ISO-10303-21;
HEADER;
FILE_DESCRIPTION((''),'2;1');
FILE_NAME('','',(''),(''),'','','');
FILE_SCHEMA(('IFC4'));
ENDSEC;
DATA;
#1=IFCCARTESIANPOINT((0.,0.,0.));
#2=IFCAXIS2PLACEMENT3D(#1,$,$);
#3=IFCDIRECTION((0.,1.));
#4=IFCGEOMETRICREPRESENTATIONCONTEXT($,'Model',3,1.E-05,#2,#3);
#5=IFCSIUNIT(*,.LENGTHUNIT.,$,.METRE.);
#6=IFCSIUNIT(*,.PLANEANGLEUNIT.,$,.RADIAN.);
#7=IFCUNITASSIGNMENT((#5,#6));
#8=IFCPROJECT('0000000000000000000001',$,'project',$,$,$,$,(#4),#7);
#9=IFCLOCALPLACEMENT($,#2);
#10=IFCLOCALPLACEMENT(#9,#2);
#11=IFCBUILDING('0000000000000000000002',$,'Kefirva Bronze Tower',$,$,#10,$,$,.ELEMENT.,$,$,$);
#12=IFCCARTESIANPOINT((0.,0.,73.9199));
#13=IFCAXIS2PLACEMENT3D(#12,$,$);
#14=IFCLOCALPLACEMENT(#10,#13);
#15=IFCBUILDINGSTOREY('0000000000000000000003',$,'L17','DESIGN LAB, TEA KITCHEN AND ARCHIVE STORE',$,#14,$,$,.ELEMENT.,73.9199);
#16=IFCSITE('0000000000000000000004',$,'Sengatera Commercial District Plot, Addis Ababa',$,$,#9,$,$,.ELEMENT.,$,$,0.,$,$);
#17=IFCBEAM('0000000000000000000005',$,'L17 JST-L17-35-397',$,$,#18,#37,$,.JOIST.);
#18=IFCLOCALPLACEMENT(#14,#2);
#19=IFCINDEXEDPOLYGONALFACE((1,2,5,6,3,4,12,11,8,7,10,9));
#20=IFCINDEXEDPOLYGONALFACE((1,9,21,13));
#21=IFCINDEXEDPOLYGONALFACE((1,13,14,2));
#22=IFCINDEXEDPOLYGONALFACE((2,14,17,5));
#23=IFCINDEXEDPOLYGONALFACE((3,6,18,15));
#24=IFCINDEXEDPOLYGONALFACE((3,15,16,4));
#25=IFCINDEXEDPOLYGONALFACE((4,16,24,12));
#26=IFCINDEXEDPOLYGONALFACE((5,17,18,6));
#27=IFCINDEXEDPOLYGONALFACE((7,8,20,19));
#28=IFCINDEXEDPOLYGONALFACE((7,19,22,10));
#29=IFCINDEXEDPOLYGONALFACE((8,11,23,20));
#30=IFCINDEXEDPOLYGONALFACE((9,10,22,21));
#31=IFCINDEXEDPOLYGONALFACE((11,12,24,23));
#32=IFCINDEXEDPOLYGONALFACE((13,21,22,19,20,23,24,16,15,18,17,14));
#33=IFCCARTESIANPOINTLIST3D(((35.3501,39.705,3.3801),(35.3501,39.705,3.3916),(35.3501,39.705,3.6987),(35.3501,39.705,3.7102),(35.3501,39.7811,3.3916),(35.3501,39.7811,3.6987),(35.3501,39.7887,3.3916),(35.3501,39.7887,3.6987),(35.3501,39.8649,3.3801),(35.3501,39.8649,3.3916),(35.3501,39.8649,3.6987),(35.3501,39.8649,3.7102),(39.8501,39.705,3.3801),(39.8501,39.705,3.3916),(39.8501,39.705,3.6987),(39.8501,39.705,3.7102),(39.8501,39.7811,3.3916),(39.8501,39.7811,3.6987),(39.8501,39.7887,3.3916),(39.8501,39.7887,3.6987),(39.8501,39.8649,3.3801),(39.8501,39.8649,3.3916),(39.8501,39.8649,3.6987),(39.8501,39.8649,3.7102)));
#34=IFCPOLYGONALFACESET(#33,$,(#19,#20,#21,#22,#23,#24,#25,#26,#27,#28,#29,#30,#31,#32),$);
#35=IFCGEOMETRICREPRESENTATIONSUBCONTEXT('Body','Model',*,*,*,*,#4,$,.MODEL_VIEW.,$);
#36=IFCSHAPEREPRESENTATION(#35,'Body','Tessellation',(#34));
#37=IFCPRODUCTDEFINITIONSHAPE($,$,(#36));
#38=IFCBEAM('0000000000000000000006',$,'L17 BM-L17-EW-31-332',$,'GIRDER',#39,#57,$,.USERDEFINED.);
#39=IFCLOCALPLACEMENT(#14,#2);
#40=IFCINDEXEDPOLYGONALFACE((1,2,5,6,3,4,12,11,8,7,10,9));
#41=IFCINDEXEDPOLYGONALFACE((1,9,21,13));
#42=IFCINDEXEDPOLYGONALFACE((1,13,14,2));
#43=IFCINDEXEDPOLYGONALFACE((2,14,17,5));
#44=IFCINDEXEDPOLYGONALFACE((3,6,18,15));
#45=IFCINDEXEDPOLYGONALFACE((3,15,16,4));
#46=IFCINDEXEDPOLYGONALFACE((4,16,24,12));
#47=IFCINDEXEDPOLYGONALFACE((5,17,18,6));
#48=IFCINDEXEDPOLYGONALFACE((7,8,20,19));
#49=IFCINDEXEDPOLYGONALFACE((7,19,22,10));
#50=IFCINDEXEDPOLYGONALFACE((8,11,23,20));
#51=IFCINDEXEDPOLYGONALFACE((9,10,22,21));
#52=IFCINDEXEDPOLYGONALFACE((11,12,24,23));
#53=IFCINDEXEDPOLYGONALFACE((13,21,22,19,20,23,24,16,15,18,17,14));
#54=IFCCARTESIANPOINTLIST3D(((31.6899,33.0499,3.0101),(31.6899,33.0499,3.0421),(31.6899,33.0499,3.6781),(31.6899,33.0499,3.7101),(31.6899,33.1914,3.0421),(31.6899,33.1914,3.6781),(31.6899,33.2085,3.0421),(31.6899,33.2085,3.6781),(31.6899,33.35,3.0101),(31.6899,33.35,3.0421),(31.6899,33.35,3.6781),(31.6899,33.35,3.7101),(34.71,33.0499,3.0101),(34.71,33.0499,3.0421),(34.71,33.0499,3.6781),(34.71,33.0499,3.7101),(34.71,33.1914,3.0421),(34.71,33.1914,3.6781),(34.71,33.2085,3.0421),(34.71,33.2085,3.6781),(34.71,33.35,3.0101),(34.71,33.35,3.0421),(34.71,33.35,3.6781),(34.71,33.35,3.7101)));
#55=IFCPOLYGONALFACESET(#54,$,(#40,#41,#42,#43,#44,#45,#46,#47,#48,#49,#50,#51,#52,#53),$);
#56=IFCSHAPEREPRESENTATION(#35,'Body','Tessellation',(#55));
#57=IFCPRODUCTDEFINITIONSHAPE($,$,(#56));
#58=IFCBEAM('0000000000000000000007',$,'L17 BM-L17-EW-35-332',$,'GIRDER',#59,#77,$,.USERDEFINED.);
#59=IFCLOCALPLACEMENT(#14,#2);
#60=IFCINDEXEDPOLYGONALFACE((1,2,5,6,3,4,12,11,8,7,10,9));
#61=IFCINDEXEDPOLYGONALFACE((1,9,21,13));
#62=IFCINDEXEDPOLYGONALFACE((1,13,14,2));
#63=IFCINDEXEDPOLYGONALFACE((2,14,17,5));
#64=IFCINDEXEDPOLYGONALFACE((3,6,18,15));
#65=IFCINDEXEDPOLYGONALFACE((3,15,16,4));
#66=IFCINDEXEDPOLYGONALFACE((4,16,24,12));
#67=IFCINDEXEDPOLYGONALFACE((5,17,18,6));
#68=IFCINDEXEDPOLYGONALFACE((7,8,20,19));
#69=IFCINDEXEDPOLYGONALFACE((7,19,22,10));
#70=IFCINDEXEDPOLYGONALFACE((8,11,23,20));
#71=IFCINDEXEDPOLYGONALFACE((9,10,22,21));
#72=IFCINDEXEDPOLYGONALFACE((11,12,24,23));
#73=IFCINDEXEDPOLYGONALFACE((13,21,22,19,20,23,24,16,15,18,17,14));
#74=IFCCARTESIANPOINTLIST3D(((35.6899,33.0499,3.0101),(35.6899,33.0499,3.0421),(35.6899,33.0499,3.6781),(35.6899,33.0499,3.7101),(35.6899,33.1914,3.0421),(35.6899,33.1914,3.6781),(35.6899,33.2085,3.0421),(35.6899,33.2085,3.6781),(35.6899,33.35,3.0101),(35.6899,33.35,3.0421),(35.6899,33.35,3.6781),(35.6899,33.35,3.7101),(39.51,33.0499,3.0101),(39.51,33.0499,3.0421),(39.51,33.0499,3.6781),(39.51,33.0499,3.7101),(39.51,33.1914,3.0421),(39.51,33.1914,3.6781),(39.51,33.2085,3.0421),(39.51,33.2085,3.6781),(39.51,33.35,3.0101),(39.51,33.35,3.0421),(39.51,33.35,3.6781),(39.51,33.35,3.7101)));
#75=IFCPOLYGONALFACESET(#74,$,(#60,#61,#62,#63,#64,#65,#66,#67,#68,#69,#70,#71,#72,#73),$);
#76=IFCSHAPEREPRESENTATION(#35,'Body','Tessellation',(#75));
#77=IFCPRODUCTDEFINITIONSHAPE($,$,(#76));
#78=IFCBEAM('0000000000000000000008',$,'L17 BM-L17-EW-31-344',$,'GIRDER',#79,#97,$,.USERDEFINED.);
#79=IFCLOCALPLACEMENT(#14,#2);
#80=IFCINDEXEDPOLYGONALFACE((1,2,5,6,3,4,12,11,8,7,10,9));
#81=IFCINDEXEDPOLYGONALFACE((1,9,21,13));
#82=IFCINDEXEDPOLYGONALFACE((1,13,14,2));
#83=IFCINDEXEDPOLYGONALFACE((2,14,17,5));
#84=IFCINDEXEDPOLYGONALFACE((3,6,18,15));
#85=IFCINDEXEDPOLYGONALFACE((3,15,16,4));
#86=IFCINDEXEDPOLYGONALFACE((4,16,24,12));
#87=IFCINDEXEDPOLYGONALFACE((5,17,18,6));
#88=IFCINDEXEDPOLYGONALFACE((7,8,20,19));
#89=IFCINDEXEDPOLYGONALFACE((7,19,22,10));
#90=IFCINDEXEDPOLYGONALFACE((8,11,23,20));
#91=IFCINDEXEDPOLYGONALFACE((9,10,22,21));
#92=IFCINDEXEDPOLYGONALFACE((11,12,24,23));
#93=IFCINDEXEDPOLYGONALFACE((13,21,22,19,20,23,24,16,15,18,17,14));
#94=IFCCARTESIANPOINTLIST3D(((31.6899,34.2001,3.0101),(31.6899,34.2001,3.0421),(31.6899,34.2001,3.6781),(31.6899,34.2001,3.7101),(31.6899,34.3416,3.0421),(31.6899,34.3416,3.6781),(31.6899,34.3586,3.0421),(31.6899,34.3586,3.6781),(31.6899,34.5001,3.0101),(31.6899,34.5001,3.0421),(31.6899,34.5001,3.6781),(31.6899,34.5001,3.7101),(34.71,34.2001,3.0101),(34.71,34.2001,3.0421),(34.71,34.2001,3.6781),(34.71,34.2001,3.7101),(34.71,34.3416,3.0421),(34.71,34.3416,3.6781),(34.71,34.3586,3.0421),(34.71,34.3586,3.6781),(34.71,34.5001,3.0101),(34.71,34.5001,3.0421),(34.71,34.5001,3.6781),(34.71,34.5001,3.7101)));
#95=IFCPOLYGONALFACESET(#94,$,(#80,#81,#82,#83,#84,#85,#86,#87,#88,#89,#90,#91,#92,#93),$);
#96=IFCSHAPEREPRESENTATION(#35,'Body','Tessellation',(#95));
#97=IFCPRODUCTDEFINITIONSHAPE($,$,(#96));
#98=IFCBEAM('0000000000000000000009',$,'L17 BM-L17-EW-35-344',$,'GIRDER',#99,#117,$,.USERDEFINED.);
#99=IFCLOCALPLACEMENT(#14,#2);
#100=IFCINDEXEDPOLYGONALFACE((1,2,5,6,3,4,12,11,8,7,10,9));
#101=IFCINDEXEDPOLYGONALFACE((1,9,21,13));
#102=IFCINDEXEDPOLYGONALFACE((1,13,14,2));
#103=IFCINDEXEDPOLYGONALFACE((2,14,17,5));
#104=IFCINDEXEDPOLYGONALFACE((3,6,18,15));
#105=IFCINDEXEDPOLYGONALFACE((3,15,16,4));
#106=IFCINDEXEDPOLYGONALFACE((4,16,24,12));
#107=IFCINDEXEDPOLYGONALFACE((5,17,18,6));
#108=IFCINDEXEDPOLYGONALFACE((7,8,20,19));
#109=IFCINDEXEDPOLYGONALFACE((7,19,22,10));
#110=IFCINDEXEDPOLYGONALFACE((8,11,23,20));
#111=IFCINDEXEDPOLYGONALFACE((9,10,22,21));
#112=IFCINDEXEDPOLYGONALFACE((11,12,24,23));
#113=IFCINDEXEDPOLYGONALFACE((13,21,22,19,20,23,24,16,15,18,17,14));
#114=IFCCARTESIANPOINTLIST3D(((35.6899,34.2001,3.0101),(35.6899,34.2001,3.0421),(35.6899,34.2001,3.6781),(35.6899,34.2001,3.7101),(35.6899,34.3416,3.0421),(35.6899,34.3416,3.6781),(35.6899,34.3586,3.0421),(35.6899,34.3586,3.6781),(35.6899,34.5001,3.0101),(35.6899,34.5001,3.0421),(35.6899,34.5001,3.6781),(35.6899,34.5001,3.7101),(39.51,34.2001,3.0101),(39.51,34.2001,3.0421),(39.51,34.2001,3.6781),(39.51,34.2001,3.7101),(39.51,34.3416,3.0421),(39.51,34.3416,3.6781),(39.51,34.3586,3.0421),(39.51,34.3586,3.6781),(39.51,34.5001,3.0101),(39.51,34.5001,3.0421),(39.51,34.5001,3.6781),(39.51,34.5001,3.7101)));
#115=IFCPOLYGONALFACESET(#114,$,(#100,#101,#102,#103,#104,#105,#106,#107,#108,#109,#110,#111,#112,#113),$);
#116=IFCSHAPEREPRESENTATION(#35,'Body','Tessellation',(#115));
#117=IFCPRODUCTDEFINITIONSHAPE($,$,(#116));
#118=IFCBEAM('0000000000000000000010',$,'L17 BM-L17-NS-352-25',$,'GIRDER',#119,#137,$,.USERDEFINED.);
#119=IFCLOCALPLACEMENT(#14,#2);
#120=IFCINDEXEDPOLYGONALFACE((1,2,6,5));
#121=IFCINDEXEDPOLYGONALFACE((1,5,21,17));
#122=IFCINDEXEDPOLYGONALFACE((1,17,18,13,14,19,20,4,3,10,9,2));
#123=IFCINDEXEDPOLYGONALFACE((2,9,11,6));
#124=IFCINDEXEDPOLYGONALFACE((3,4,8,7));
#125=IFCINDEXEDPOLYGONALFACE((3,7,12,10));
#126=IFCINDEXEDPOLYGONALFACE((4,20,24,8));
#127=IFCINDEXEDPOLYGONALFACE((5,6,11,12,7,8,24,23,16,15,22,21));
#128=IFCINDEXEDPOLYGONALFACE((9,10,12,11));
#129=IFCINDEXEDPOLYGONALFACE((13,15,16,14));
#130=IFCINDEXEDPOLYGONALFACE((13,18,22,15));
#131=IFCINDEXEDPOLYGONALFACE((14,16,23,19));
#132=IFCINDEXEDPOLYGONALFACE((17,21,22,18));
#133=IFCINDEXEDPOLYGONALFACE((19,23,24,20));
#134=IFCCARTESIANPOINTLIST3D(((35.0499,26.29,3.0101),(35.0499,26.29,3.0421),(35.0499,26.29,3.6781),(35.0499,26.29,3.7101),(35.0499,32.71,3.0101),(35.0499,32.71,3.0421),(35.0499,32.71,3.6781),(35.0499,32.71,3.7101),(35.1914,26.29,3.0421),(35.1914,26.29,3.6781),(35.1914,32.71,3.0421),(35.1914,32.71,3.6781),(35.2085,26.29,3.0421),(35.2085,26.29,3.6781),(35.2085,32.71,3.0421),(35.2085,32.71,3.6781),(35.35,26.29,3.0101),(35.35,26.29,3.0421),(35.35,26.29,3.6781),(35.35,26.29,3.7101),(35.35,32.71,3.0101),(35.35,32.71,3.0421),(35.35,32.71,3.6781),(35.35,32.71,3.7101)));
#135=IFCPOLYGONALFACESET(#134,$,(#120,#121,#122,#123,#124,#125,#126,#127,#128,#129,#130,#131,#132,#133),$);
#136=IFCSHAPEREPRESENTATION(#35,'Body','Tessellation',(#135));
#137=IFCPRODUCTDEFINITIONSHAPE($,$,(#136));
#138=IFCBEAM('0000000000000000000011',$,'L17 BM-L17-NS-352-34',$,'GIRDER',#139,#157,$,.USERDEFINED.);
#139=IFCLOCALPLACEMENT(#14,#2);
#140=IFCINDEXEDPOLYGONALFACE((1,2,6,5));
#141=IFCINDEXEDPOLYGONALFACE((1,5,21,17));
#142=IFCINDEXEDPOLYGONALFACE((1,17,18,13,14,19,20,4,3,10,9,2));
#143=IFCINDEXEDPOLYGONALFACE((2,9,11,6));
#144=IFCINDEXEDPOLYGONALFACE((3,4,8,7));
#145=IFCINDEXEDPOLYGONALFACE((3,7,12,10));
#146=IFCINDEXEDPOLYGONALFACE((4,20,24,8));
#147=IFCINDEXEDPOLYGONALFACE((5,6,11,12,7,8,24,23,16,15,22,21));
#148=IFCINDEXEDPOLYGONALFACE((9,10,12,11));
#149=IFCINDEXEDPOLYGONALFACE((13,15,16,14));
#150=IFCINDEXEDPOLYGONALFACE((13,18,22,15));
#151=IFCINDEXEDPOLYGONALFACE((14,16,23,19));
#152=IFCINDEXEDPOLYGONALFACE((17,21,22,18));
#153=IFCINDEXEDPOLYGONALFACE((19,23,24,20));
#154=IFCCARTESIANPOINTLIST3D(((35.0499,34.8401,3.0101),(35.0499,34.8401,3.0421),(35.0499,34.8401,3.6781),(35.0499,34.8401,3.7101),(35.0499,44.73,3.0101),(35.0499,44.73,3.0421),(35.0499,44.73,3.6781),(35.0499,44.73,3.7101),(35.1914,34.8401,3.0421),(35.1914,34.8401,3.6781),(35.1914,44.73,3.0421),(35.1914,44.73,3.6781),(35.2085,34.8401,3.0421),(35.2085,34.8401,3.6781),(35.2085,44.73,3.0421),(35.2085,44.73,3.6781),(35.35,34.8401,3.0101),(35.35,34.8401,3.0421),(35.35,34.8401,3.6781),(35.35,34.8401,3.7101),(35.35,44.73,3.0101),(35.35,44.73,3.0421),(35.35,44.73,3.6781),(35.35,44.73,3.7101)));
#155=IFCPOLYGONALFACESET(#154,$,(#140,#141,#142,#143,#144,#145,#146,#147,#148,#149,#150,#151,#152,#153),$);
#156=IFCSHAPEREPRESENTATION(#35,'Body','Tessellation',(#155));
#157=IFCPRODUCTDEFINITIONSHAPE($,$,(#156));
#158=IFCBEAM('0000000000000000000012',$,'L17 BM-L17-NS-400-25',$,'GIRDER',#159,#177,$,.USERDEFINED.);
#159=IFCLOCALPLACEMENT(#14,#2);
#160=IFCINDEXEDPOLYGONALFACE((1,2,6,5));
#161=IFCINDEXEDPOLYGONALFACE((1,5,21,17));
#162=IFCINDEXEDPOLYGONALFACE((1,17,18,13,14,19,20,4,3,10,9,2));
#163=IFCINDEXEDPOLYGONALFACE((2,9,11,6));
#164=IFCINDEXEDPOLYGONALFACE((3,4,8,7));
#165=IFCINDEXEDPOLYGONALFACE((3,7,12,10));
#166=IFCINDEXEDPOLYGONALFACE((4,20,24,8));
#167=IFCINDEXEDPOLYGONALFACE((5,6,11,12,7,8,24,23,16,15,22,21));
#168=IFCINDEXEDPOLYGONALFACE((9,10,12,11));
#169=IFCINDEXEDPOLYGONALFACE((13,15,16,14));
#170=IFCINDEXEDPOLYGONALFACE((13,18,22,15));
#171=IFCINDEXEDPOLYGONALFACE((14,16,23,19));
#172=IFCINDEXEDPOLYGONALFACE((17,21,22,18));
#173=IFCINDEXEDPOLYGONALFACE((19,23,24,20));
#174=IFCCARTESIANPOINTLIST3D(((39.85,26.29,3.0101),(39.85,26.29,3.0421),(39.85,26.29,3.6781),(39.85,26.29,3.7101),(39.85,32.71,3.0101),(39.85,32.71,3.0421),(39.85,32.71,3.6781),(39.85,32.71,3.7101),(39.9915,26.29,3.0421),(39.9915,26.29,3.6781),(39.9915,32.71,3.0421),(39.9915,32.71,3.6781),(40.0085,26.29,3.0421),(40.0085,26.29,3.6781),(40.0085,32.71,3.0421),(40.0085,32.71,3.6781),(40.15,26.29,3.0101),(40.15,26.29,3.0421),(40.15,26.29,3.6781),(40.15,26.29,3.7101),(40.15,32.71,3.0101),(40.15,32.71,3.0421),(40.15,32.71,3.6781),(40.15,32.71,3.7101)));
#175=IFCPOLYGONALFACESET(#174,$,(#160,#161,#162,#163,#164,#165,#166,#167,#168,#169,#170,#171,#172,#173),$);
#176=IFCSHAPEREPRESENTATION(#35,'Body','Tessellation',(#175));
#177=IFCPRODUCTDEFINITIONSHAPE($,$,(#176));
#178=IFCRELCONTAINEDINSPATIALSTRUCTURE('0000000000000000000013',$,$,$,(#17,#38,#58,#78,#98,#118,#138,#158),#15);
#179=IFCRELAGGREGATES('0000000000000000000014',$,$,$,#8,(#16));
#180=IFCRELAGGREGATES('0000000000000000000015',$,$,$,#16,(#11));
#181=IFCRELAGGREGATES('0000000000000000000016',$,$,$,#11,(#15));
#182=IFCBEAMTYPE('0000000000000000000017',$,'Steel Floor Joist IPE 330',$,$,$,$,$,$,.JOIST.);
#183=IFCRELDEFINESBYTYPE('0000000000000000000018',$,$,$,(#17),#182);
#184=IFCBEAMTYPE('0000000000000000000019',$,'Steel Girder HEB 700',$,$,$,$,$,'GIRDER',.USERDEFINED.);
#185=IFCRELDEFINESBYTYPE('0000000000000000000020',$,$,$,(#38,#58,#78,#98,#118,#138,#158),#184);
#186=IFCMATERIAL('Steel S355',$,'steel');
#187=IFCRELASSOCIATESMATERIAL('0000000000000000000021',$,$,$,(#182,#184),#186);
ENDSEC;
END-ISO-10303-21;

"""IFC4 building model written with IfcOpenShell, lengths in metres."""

from ifc_helpers import new_model, si_unit, direction, frame, origin, origin_2d, place, context, subcontext, project, spatial, i_section, extrude, material, material_profile, profile_set, type_object, element, save


model = new_model("IFC4")

# Units and contexts
model_context = context("Model", 3, precision=1e-05, world=origin(), true_north=direction((0.0, 1.0)))
body_context = subcontext(model_context, "Body", "Model", "MODEL_VIEW")
ifc_project = project(units=[si_unit("LENGTHUNIT", "METRE"), si_unit("PLANEANGLEUNIT", "RADIAN")], contexts=[model_context])

# Site, building, storey
site_placement = place(None, origin())
site = spatial("IfcSite", under=ifc_project, at=site_placement, Name="Sengatera Commercial District Plot, Addis Ababa", CompositionType="ELEMENT", RefElevation=0.0)
building_placement = place(site_placement, origin())
building = spatial("IfcBuilding", under=site, at=building_placement, Name="Kefirva Bronze Tower", CompositionType="ELEMENT")
storey_placement = place(building_placement, frame((0.0, 0.0, 73.9199)))
storey = spatial("IfcBuildingStorey", under=building, at=storey_placement, Name="L17", Description="DESIGN LAB, TEA KITCHEN AND ARCHIVE STORE", CompositionType="ELEMENT", Elevation=73.9199)

# Beams
ifc_material_1 = material(Name="Steel S355", Category="steel")
ifc_material_profile_1 = material_profile(ifc_material_1, i_section(OverallWidth=0.1599, OverallDepth=0.3301, WebThickness=0.0076, FlangeThickness=0.0115, at=origin_2d()), Name="IPE 330")
ifc_profile_set_1 = profile_set([ifc_material_profile_1], Name="Steel S355")
beam_type_1 = type_object("IfcBeamType", Name="Steel Floor Joist IPE 330", PredefinedType="JOIST", material=ifc_profile_set_1)
for number, where, z_axis, x_axis, name in (
    (1, (35.3501, 39.7849, 3.5452), (1.0, 0.0, 0.0), (0.0, 1.0, 0.0), "L17 JST-L17-35-397"),
):
    element("IfcBeam", number, at=place(storey_placement, frame(where, z_axis=z_axis, x_axis=x_axis)), inside=storey, type_object=beam_type_1, Name=name, PredefinedType="JOIST", context=body_context, shape_type="SweptSolid", body=[
        extrude(i_section(OverallWidth=0.1599, OverallDepth=0.3301, WebThickness=0.0076, FlangeThickness=0.0115, at=origin_2d()), origin(), (0.0, 0.0, 1.0), 4.5),
    ])
ifc_material_profile_2 = material_profile(ifc_material_1, i_section(OverallWidth=0.3, OverallDepth=0.7, WebThickness=0.0171, FlangeThickness=0.032, at=origin_2d()), Name="HEB 700")
ifc_profile_set_2 = profile_set([ifc_material_profile_2], Name="Steel S355")
beam_type_2 = type_object("IfcBeamType", Name="Steel Girder HEB 700", ElementType="GIRDER", PredefinedType="USERDEFINED", material=ifc_profile_set_2)
beam_1_placement = place(storey_placement, frame((31.6899, 33.2, 3.3601), z_axis=(1.0, 0.0, 0.0), x_axis=(0.0, 1.0, 0.0)))
element("IfcBeam", 2, at=beam_1_placement, inside=storey, type_object=beam_type_2, Name="L17 BM-L17-EW-31-332", ObjectType="GIRDER", PredefinedType="USERDEFINED", context=body_context, shape_type="SweptSolid", body=[
    extrude(i_section(OverallWidth=0.3, OverallDepth=0.7, WebThickness=0.0171, FlangeThickness=0.032, at=origin_2d()), origin(), (0.0, 0.0, 1.0), 3.02),
])
beam_2_placement = place(storey_placement, frame((35.6899, 33.2, 3.3601), z_axis=(1.0, 0.0, 0.0), x_axis=(0.0, 1.0, 0.0)))
element("IfcBeam", 3, at=beam_2_placement, inside=storey, type_object=beam_type_2, Name="L17 BM-L17-EW-35-332", ObjectType="GIRDER", PredefinedType="USERDEFINED", context=body_context, shape_type="SweptSolid", body=[
    extrude(i_section(OverallWidth=0.3, OverallDepth=0.7, WebThickness=0.0171, FlangeThickness=0.032, at=origin_2d()), origin(), (0.0, 0.0, 1.0), 3.8201),
])
beam_3_placement = place(storey_placement, frame((31.6899, 34.3501, 3.3601), z_axis=(1.0, 0.0, 0.0), x_axis=(0.0, 1.0, 0.0)))
element("IfcBeam", 4, at=beam_3_placement, inside=storey, type_object=beam_type_2, Name="L17 BM-L17-EW-31-344", ObjectType="GIRDER", PredefinedType="USERDEFINED", context=body_context, shape_type="SweptSolid", body=[
    extrude(i_section(OverallWidth=0.3, OverallDepth=0.7, WebThickness=0.0171, FlangeThickness=0.032, at=origin_2d()), origin(), (0.0, 0.0, 1.0), 3.02),
])
beam_4_placement = place(storey_placement, frame((35.6899, 34.3501, 3.3601), z_axis=(1.0, 0.0, 0.0), x_axis=(0.0, 1.0, 0.0)))
element("IfcBeam", 5, at=beam_4_placement, inside=storey, type_object=beam_type_2, Name="L17 BM-L17-EW-35-344", ObjectType="GIRDER", PredefinedType="USERDEFINED", context=body_context, shape_type="SweptSolid", body=[
    extrude(i_section(OverallWidth=0.3, OverallDepth=0.7, WebThickness=0.0171, FlangeThickness=0.032, at=origin_2d()), origin(), (0.0, 0.0, 1.0), 3.8201),
])
beam_5_placement = place(storey_placement, frame((35.2, 26.29, 3.3601), z_axis=(0.0, 1.0, 0.0), x_axis=(-1.0, 0.0, 0.0)))
element("IfcBeam", 6, at=beam_5_placement, inside=storey, type_object=beam_type_2, Name="L17 BM-L17-NS-352-25", ObjectType="GIRDER", PredefinedType="USERDEFINED", context=body_context, shape_type="SweptSolid", body=[
    extrude(i_section(OverallWidth=0.3, OverallDepth=0.7, WebThickness=0.0171, FlangeThickness=0.032, at=origin_2d()), origin(), (0.0, 0.0, 1.0), 6.4199),
])
beam_6_placement = place(storey_placement, frame((35.2, 34.8401, 3.3601), z_axis=(0.0, 1.0, 0.0), x_axis=(-1.0, 0.0, 0.0)))
element("IfcBeam", 7, at=beam_6_placement, inside=storey, type_object=beam_type_2, Name="L17 BM-L17-NS-352-34", ObjectType="GIRDER", PredefinedType="USERDEFINED", context=body_context, shape_type="SweptSolid", body=[
    extrude(i_section(OverallWidth=0.3, OverallDepth=0.7, WebThickness=0.0171, FlangeThickness=0.032, at=origin_2d()), origin(), (0.0, 0.0, 1.0), 9.8899),
])
beam_7_placement = place(storey_placement, frame((40.0, 26.29, 3.3601), z_axis=(0.0, 1.0, 0.0), x_axis=(-1.0, 0.0, 0.0)))
element("IfcBeam", 8, at=beam_7_placement, inside=storey, type_object=beam_type_2, Name="L17 BM-L17-NS-400-25", ObjectType="GIRDER", PredefinedType="USERDEFINED", context=body_context, shape_type="SweptSolid", body=[
    extrude(i_section(OverallWidth=0.3, OverallDepth=0.7, WebThickness=0.0171, FlangeThickness=0.032, at=origin_2d()), origin(), (0.0, 0.0, 1.0), 6.4199),
])

save(model, "model.ifc")
